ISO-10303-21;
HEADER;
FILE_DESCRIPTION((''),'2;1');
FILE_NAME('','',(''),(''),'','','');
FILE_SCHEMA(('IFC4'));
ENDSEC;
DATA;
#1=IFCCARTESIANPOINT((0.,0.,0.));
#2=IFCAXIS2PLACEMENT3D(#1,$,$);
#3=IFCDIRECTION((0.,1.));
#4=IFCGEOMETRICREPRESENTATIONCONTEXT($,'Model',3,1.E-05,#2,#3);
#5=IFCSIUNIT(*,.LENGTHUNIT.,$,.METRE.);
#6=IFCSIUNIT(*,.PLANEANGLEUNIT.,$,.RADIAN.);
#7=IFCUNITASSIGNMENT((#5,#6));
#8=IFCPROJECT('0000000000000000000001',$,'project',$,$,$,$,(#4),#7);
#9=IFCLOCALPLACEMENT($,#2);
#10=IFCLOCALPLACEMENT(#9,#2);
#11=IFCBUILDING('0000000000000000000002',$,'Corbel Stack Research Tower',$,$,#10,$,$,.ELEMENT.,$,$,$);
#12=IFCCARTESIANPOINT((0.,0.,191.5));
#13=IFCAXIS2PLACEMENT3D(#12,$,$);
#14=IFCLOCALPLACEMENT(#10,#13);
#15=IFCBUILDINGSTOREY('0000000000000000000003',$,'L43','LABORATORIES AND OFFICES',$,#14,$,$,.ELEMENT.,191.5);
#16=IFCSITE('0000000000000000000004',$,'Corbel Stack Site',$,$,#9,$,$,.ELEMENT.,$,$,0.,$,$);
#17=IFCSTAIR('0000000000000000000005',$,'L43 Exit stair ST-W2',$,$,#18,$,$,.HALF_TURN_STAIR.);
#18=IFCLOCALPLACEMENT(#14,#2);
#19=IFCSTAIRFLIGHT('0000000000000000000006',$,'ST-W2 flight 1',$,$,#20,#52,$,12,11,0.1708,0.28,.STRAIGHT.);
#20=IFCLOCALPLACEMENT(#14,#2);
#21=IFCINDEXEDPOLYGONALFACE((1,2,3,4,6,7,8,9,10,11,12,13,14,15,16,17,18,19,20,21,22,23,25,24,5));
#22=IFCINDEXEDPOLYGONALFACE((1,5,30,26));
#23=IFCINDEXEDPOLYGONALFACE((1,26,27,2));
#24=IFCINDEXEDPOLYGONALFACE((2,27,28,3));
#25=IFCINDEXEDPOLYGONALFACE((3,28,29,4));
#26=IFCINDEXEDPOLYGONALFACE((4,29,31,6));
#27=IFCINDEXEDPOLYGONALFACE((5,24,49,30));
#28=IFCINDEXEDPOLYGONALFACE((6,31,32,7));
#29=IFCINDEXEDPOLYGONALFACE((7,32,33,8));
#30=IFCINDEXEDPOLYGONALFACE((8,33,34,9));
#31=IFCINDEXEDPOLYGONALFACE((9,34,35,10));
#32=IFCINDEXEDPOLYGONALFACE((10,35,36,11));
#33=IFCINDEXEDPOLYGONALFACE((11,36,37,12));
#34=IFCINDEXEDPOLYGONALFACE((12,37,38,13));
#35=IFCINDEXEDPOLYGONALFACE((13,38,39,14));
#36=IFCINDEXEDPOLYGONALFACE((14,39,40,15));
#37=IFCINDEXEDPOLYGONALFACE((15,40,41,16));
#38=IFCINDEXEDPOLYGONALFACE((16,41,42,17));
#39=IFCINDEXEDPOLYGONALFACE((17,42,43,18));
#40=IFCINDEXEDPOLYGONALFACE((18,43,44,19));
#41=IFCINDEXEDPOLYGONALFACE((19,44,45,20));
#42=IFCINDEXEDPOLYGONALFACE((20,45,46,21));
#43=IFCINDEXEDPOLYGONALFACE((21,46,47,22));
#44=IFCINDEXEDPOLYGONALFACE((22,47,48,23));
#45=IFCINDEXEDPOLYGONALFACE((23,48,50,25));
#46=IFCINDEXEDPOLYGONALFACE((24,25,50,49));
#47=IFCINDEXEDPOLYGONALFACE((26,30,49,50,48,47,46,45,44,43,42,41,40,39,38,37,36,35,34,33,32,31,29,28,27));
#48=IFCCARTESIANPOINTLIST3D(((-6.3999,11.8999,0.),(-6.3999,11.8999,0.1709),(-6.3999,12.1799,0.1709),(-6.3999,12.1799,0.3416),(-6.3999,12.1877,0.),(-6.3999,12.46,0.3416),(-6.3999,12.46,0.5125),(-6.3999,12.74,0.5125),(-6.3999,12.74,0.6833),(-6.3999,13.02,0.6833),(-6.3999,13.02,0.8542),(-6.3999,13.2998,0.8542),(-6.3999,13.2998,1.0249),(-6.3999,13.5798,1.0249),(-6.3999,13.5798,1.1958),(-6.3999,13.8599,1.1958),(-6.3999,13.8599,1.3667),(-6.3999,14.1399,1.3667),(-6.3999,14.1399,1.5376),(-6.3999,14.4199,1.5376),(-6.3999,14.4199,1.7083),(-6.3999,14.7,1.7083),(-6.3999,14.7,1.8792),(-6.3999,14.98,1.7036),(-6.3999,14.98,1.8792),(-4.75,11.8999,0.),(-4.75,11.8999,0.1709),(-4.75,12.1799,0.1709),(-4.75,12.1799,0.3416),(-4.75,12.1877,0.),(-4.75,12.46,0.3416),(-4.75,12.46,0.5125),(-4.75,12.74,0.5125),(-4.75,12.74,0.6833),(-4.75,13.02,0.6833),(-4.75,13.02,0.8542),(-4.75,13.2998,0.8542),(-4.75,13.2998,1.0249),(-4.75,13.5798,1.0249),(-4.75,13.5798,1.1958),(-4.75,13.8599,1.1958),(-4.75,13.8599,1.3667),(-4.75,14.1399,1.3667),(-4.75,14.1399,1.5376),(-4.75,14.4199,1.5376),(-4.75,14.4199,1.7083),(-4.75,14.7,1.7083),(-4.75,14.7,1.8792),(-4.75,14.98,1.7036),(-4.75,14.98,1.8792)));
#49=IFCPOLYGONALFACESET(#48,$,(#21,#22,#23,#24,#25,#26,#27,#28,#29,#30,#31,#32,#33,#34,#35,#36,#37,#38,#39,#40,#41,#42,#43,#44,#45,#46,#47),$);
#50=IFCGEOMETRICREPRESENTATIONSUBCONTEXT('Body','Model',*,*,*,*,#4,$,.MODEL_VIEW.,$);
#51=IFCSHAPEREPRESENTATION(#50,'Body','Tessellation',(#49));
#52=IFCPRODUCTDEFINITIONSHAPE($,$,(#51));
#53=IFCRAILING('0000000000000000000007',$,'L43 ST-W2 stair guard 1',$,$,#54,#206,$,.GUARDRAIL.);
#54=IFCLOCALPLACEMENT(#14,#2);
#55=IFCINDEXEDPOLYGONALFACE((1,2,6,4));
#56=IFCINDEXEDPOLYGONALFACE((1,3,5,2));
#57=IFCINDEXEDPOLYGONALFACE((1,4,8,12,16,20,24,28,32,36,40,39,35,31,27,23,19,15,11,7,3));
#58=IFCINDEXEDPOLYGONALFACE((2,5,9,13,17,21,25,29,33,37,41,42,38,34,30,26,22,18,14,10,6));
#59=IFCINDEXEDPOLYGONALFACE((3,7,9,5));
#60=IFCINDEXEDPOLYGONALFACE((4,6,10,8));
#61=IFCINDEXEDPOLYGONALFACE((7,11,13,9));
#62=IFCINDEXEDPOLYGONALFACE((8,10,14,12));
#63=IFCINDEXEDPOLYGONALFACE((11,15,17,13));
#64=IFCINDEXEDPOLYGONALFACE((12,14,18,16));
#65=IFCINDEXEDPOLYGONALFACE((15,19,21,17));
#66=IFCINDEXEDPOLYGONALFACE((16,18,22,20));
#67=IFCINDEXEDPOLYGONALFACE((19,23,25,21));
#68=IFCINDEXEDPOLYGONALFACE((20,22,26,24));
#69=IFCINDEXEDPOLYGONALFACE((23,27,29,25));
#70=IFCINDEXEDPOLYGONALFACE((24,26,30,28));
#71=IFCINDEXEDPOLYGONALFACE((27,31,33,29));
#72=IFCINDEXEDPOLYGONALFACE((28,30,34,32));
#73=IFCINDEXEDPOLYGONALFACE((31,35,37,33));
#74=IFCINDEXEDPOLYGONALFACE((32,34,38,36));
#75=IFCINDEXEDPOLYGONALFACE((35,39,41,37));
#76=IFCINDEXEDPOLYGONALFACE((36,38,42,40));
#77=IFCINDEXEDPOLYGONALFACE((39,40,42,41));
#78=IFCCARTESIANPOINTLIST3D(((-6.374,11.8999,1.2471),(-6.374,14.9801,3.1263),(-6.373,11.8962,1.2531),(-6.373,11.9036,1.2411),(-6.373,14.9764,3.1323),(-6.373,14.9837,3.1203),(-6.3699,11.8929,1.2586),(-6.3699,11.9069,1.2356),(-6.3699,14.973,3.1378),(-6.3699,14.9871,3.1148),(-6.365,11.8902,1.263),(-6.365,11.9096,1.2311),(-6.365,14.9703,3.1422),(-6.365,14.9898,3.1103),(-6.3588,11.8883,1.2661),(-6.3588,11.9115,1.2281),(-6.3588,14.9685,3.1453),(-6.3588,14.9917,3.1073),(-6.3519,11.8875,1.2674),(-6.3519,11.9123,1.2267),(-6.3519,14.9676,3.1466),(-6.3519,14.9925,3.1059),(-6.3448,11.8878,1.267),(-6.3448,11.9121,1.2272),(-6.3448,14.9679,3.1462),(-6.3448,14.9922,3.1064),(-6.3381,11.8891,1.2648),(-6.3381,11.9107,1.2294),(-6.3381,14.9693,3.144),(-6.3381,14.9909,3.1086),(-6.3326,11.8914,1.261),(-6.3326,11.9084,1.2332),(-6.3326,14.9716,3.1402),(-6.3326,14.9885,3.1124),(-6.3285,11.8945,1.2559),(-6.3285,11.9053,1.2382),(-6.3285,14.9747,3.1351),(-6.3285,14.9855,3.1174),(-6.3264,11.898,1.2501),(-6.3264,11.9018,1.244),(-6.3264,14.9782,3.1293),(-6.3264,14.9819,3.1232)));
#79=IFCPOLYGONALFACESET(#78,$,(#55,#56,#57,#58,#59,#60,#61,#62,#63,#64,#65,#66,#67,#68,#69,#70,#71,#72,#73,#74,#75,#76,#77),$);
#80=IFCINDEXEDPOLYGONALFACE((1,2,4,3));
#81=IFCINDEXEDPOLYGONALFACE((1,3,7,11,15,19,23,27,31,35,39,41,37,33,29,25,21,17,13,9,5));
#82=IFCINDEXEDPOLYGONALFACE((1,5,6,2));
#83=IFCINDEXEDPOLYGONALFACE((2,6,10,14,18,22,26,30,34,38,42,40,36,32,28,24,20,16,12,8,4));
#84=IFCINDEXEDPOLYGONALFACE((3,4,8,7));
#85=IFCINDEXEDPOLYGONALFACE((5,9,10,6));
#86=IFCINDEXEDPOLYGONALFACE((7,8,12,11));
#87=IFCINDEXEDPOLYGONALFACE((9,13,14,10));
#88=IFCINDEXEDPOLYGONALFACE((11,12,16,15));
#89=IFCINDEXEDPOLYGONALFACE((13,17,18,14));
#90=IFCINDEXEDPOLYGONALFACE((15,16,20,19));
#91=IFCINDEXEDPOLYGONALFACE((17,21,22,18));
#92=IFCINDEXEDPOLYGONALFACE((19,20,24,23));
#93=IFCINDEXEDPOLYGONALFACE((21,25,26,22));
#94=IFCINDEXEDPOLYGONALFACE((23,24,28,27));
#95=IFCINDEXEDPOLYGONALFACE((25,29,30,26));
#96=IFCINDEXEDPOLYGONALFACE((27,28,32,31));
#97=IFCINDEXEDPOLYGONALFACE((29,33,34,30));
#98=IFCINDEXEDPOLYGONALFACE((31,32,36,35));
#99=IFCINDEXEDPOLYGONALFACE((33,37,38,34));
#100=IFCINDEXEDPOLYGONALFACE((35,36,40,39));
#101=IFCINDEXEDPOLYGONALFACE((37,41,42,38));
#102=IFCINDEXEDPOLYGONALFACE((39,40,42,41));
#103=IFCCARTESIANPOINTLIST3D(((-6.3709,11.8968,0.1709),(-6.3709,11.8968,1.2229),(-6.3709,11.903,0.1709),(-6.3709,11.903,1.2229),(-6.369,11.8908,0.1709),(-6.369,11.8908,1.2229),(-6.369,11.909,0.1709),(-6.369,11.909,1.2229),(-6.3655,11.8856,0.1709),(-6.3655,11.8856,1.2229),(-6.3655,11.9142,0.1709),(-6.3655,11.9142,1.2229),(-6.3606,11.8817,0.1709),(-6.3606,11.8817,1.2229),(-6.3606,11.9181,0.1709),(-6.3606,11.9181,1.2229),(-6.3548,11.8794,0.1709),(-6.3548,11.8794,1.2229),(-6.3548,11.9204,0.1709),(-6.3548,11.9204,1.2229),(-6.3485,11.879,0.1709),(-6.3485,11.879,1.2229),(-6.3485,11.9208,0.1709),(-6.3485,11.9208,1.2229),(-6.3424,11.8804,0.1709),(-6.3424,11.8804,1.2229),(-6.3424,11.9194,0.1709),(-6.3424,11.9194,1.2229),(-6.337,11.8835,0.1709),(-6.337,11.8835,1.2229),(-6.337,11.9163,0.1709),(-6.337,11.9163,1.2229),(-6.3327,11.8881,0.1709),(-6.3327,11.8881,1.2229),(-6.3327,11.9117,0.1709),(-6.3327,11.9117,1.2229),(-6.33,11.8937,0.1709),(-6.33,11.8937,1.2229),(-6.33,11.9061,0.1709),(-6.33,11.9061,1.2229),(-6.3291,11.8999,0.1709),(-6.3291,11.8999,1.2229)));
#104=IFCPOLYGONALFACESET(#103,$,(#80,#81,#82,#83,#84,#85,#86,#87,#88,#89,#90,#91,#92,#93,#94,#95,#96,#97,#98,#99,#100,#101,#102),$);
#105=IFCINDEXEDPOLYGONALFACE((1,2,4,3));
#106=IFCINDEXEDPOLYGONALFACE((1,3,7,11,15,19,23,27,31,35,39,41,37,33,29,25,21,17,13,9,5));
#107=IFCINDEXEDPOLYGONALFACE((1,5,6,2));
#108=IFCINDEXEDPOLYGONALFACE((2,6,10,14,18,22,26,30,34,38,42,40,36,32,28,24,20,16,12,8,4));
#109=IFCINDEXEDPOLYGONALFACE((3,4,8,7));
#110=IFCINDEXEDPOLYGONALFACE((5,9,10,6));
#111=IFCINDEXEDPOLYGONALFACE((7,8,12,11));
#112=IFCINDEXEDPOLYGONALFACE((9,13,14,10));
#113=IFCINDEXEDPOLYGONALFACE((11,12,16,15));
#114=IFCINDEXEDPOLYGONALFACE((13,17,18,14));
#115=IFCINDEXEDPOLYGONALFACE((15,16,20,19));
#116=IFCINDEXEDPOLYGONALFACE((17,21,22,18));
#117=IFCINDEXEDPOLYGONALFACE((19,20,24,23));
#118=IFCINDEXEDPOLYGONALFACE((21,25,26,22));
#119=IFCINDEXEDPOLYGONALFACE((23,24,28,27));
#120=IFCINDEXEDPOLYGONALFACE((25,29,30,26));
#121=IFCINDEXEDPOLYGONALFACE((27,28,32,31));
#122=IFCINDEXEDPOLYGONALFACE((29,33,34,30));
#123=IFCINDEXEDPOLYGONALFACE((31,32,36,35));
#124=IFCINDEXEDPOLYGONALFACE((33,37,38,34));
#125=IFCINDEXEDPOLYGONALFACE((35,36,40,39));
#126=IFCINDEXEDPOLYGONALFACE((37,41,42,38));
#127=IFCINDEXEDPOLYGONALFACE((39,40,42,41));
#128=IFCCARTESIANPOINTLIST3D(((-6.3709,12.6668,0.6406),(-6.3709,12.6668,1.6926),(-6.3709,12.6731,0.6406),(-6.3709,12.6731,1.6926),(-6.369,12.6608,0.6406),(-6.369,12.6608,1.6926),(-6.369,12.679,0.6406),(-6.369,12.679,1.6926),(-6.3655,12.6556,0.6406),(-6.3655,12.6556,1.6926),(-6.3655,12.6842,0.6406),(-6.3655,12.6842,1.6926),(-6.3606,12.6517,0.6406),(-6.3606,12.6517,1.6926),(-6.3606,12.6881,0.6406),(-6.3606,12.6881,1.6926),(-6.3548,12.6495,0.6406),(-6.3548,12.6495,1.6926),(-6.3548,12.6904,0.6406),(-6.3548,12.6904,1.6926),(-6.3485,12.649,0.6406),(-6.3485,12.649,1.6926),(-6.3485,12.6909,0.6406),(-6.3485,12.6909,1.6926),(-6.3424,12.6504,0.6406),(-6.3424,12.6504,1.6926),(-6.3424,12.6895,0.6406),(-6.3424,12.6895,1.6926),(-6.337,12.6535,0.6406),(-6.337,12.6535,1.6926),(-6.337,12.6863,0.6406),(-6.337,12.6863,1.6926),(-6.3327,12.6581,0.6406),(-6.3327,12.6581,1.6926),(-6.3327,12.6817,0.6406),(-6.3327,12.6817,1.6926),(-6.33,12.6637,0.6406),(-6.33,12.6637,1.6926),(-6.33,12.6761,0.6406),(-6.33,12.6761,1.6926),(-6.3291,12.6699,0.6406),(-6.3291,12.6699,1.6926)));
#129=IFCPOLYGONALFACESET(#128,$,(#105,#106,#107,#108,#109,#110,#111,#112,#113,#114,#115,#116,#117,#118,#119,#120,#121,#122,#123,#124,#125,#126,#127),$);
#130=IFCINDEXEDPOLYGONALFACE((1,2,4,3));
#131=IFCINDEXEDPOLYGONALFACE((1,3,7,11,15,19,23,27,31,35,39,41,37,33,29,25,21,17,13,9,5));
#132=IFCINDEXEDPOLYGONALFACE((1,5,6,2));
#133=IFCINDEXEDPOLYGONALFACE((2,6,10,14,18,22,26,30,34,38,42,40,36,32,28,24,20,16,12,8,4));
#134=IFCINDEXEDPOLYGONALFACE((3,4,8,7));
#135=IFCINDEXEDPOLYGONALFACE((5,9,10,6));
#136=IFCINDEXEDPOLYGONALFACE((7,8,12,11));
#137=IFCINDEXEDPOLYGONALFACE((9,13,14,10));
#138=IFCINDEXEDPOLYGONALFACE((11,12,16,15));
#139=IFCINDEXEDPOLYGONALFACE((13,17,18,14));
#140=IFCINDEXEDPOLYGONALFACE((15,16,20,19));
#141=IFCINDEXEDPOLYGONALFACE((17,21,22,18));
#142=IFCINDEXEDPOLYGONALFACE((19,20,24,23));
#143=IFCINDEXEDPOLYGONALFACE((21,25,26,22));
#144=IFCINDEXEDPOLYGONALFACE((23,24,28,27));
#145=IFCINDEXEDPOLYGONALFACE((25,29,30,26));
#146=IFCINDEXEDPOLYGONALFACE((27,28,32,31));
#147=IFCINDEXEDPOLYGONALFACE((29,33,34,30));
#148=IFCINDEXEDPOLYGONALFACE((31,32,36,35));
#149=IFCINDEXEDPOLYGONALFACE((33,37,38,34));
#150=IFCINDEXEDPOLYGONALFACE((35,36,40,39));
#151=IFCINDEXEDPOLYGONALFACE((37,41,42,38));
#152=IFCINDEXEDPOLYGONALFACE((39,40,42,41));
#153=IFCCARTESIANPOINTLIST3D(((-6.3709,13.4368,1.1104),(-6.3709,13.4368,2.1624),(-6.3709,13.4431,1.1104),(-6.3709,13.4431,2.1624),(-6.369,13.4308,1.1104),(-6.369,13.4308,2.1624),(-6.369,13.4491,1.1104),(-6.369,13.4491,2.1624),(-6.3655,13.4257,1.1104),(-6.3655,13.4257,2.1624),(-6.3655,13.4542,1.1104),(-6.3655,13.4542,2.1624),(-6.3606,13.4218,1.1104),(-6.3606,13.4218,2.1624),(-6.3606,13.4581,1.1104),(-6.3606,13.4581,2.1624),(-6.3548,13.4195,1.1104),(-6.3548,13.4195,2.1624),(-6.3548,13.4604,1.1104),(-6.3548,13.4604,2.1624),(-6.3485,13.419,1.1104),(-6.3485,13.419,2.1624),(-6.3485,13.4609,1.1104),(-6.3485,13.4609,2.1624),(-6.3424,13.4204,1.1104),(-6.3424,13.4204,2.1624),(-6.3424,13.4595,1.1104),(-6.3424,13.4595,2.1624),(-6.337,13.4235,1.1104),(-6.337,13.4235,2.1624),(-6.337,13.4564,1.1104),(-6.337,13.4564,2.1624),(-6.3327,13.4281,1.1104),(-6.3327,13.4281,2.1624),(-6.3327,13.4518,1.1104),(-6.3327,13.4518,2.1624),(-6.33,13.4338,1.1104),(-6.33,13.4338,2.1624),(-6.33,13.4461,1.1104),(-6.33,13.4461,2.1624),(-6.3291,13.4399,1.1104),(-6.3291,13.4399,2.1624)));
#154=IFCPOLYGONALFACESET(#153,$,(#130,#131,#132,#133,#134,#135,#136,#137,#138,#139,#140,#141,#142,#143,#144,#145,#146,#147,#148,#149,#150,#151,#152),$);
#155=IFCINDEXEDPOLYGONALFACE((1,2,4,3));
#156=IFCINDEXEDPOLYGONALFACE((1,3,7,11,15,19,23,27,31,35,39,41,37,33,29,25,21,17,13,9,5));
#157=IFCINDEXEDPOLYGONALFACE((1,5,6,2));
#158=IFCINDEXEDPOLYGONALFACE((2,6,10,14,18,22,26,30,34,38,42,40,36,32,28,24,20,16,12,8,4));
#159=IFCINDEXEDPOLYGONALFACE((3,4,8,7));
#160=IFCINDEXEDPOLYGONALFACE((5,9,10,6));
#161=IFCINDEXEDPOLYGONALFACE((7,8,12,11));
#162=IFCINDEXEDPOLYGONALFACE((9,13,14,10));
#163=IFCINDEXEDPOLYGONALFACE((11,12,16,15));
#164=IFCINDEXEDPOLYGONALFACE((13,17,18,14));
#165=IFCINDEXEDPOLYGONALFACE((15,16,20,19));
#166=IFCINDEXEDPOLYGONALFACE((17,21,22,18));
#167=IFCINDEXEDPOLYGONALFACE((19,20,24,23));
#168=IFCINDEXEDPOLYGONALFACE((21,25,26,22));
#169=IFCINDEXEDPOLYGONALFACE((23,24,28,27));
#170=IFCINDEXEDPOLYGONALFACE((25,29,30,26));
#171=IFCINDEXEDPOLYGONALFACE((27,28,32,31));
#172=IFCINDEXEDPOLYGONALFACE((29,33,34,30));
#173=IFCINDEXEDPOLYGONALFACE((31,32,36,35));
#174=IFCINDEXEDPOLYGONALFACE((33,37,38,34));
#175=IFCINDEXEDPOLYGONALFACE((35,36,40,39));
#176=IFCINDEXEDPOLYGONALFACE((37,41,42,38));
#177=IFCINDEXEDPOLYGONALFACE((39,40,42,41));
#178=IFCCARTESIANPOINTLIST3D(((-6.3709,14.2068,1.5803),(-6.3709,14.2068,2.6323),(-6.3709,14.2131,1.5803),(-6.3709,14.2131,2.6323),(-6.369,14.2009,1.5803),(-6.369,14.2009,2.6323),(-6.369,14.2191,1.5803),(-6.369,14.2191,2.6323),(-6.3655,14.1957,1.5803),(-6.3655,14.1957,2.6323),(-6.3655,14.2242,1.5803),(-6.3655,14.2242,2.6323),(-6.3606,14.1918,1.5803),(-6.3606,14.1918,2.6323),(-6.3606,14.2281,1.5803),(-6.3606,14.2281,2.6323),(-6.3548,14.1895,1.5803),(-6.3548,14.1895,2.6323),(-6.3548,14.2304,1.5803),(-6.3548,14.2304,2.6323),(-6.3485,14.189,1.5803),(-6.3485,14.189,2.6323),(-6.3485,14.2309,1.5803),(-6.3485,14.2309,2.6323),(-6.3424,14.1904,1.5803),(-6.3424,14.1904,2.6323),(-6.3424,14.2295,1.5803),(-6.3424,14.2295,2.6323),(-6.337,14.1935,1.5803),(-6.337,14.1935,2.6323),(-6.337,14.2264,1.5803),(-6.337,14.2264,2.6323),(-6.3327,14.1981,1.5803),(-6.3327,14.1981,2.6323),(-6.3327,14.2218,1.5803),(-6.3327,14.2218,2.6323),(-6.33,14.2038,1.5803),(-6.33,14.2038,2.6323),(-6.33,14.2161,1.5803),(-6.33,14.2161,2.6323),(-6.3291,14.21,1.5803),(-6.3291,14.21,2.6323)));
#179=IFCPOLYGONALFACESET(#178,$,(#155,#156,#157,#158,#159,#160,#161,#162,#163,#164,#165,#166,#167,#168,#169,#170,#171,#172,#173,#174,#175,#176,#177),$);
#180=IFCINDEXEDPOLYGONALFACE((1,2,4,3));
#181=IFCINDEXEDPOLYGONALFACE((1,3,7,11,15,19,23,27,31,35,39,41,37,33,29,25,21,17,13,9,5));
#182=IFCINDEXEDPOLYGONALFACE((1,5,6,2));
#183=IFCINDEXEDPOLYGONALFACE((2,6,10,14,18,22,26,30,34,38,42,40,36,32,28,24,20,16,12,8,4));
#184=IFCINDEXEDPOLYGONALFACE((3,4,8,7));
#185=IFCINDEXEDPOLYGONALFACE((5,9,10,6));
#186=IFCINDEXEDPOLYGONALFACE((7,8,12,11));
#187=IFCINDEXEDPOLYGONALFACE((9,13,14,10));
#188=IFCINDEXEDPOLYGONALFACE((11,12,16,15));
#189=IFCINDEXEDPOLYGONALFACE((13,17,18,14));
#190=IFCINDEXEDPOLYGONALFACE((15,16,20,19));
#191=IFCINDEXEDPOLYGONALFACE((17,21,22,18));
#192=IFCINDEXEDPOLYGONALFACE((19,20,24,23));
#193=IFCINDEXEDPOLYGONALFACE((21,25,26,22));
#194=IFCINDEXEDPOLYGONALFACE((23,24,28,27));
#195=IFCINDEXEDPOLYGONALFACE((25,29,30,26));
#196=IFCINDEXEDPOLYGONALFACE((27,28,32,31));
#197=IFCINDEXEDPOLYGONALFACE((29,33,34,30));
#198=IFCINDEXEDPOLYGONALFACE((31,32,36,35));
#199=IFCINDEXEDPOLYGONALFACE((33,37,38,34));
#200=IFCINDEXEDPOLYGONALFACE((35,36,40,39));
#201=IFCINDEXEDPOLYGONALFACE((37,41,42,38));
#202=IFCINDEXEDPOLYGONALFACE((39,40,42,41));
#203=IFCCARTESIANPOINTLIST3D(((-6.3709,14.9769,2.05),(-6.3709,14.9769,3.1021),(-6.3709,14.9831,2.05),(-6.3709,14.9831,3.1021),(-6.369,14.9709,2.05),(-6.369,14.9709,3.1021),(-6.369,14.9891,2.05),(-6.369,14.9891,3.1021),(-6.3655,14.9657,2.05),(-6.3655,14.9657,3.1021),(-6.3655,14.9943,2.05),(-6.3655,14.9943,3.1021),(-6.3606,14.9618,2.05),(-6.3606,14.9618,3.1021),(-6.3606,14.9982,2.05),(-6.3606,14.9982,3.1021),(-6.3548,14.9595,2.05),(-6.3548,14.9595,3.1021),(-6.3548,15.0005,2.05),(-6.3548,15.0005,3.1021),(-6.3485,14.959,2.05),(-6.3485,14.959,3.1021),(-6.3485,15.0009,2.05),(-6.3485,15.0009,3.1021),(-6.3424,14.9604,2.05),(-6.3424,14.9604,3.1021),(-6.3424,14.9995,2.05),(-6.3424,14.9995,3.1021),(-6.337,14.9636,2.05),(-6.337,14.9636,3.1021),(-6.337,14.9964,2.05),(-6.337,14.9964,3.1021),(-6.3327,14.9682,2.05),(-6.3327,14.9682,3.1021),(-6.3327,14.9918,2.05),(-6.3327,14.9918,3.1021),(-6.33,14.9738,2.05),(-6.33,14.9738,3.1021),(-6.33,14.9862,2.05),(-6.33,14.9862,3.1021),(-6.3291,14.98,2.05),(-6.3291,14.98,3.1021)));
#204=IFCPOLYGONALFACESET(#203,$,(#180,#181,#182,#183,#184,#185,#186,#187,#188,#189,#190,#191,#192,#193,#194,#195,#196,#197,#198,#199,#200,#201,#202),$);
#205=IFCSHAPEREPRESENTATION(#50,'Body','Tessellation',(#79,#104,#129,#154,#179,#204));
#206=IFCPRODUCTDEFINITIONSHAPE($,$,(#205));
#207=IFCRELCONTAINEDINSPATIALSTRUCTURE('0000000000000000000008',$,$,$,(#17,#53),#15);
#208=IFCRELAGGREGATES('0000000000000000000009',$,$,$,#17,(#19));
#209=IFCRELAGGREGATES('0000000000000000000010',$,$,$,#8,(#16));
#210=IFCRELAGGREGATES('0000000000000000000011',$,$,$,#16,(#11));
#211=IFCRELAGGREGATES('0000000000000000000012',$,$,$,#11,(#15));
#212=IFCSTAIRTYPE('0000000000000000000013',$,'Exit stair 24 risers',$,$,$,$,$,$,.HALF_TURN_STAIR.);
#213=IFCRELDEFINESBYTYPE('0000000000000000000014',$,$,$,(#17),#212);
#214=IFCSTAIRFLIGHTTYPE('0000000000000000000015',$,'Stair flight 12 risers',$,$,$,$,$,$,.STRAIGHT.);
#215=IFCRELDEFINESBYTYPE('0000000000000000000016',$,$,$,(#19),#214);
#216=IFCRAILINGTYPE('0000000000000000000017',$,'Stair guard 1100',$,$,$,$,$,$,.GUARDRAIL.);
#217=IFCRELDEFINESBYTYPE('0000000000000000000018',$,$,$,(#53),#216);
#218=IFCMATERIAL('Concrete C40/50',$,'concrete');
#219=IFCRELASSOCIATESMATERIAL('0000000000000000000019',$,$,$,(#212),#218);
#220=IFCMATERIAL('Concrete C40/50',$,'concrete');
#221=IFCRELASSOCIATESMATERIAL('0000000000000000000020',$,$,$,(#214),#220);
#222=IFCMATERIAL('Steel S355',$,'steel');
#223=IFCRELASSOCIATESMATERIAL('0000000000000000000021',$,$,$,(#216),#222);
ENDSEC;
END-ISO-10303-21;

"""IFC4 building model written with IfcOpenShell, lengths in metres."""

from ifc_helpers import new_model, si_unit, direction, frame, origin, origin_2d, place, context, subcontext, project, spatial, polyline, circle, outline, extrude, material, type_object, element, aggregate, save


model = new_model("IFC4")

# Units and contexts
model_context = context("Model", 3, precision=1e-05, world=origin(), true_north=direction((0.0, 1.0)))
body_context = subcontext(model_context, "Body", "Model", "MODEL_VIEW")
ifc_project = project(units=[si_unit("LENGTHUNIT", "METRE"), si_unit("PLANEANGLEUNIT", "RADIAN")], contexts=[model_context])

# Site, building, storey
site_placement = place(None, origin())
site = spatial("IfcSite", under=ifc_project, at=site_placement, Name="Corbel Stack Site", CompositionType="ELEMENT", RefElevation=0.0)
building_placement = place(site_placement, origin())
building = spatial("IfcBuilding", under=site, at=building_placement, Name="Corbel Stack Research Tower", CompositionType="ELEMENT")
storey_placement = place(building_placement, frame((0.0, 0.0, 191.5)))
storey = spatial("IfcBuildingStorey", under=building, at=storey_placement, Name="L43", Description="LABORATORIES AND OFFICES", CompositionType="ELEMENT", Elevation=191.5)

# Stair, stair flight
ifc_material_1 = material(Name="Concrete C40/50", Category="concrete")
stair_type = type_object("IfcStairType", Name="Exit stair 24 risers", PredefinedType="HALF_TURN_STAIR", material=ifc_material_1)
stair_placement = place(storey_placement, origin())
stair = element("IfcStair", 1, at=stair_placement, inside=storey, type_object=stair_type, Name="L43 Exit stair ST-W2", PredefinedType="HALF_TURN_STAIR")
ifc_material_2 = material(Name="Concrete C40/50", Category="concrete")
stair_flight_type = type_object("IfcStairFlightType", Name="Stair flight 12 risers", PredefinedType="STRAIGHT", material=ifc_material_2)
stair_flight_placement = place(storey_placement, frame((-5.575, 11.8999, 0.0), z_axis=(0.0, 0.0, 1.0), x_axis=(0.0, 1.0, 0.0)))
stair_flight = element("IfcStairFlight", 2, at=stair_flight_placement, type_object=stair_flight_type, Name="ST-W2 flight 1", NumberOfRisers=12, NumberOfTreads=11, PredefinedType="STRAIGHT", RiserHeight=0.1708, TreadLength=0.28, context=body_context, shape_type="SweptSolid", body=[
    extrude(outline(polyline([(0.0, 0.0), (0.0, 0.1709), (0.28, 0.1709), (0.28, 0.3416), (0.5601, 0.3416), (0.5601, 0.5125), (0.8401, 0.5125), (0.8401, 0.6833), (1.1201, 0.6833), (1.1201, 0.8542), (1.3999, 0.8542), (1.3999, 1.0249), (1.6799, 1.0249), (1.6799, 1.1958), (1.96, 1.1958), (1.96, 1.3667), (2.24, 1.3667), (2.24, 1.5376), (2.52, 1.5376), (2.52, 1.7083), (2.8, 1.7083), (2.8, 1.8792), (3.0801, 1.8792), (3.0801, 2.05), (3.0801, 1.7036), (0.2878, 0.0), (0.0, 0.0)])), frame((0.0, 0.825, 0.0), z_axis=(0.0, -1.0, 0.0), x_axis=(1.0, 0.0, 0.0)), (0.0, 0.0, 1.0), 1.6499),
])
aggregate(stair, [stair_flight])

# Railing
ifc_material_3 = material(Name="Steel S355", Category="steel")
railing_type = type_object("IfcRailingType", Name="Stair guard 1100", PredefinedType="GUARDRAIL", material=ifc_material_3)
railing_1_placement = place(storey_placement, frame((-6.3501, 11.8999, 0.1709)))
element("IfcRailing", 3, at=railing_1_placement, inside=storey, type_object=railing_type, Name="L43 ST-W2 stair guard 1", PredefinedType="GUARDRAIL", context=body_context, shape_type="SweptSolid", body=[
    extrude(circle(Radius=0.0239, at=origin_2d()), frame((0.0, 0.0, 1.0762), z_axis=(0.0, 0.853666, 0.52082), x_axis=(-1.0, 0.0, 0.0)), (0.0, 0.0, 1.0), 3.6082),
    extrude(circle(Radius=0.021, at=origin_2d()), origin(), (0.0, 0.0, 1.0), 1.052),
    extrude(circle(Radius=0.021, at=origin_2d()), frame((0.0, 0.77, 0.4697)), (0.0, 0.0, 1.0), 1.052),
    extrude(circle(Radius=0.021, at=origin_2d()), frame((0.0, 1.54, 0.9395)), (0.0, 0.0, 1.0), 1.052),
    extrude(circle(Radius=0.021, at=origin_2d()), frame((0.0, 2.3101, 1.4094)), (0.0, 0.0, 1.0), 1.052),
    extrude(circle(Radius=0.021, at=origin_2d()), frame((0.0, 3.0801, 1.8792)), (0.0, 0.0, 1.0), 1.052),
])

save(model, "model.ifc")
